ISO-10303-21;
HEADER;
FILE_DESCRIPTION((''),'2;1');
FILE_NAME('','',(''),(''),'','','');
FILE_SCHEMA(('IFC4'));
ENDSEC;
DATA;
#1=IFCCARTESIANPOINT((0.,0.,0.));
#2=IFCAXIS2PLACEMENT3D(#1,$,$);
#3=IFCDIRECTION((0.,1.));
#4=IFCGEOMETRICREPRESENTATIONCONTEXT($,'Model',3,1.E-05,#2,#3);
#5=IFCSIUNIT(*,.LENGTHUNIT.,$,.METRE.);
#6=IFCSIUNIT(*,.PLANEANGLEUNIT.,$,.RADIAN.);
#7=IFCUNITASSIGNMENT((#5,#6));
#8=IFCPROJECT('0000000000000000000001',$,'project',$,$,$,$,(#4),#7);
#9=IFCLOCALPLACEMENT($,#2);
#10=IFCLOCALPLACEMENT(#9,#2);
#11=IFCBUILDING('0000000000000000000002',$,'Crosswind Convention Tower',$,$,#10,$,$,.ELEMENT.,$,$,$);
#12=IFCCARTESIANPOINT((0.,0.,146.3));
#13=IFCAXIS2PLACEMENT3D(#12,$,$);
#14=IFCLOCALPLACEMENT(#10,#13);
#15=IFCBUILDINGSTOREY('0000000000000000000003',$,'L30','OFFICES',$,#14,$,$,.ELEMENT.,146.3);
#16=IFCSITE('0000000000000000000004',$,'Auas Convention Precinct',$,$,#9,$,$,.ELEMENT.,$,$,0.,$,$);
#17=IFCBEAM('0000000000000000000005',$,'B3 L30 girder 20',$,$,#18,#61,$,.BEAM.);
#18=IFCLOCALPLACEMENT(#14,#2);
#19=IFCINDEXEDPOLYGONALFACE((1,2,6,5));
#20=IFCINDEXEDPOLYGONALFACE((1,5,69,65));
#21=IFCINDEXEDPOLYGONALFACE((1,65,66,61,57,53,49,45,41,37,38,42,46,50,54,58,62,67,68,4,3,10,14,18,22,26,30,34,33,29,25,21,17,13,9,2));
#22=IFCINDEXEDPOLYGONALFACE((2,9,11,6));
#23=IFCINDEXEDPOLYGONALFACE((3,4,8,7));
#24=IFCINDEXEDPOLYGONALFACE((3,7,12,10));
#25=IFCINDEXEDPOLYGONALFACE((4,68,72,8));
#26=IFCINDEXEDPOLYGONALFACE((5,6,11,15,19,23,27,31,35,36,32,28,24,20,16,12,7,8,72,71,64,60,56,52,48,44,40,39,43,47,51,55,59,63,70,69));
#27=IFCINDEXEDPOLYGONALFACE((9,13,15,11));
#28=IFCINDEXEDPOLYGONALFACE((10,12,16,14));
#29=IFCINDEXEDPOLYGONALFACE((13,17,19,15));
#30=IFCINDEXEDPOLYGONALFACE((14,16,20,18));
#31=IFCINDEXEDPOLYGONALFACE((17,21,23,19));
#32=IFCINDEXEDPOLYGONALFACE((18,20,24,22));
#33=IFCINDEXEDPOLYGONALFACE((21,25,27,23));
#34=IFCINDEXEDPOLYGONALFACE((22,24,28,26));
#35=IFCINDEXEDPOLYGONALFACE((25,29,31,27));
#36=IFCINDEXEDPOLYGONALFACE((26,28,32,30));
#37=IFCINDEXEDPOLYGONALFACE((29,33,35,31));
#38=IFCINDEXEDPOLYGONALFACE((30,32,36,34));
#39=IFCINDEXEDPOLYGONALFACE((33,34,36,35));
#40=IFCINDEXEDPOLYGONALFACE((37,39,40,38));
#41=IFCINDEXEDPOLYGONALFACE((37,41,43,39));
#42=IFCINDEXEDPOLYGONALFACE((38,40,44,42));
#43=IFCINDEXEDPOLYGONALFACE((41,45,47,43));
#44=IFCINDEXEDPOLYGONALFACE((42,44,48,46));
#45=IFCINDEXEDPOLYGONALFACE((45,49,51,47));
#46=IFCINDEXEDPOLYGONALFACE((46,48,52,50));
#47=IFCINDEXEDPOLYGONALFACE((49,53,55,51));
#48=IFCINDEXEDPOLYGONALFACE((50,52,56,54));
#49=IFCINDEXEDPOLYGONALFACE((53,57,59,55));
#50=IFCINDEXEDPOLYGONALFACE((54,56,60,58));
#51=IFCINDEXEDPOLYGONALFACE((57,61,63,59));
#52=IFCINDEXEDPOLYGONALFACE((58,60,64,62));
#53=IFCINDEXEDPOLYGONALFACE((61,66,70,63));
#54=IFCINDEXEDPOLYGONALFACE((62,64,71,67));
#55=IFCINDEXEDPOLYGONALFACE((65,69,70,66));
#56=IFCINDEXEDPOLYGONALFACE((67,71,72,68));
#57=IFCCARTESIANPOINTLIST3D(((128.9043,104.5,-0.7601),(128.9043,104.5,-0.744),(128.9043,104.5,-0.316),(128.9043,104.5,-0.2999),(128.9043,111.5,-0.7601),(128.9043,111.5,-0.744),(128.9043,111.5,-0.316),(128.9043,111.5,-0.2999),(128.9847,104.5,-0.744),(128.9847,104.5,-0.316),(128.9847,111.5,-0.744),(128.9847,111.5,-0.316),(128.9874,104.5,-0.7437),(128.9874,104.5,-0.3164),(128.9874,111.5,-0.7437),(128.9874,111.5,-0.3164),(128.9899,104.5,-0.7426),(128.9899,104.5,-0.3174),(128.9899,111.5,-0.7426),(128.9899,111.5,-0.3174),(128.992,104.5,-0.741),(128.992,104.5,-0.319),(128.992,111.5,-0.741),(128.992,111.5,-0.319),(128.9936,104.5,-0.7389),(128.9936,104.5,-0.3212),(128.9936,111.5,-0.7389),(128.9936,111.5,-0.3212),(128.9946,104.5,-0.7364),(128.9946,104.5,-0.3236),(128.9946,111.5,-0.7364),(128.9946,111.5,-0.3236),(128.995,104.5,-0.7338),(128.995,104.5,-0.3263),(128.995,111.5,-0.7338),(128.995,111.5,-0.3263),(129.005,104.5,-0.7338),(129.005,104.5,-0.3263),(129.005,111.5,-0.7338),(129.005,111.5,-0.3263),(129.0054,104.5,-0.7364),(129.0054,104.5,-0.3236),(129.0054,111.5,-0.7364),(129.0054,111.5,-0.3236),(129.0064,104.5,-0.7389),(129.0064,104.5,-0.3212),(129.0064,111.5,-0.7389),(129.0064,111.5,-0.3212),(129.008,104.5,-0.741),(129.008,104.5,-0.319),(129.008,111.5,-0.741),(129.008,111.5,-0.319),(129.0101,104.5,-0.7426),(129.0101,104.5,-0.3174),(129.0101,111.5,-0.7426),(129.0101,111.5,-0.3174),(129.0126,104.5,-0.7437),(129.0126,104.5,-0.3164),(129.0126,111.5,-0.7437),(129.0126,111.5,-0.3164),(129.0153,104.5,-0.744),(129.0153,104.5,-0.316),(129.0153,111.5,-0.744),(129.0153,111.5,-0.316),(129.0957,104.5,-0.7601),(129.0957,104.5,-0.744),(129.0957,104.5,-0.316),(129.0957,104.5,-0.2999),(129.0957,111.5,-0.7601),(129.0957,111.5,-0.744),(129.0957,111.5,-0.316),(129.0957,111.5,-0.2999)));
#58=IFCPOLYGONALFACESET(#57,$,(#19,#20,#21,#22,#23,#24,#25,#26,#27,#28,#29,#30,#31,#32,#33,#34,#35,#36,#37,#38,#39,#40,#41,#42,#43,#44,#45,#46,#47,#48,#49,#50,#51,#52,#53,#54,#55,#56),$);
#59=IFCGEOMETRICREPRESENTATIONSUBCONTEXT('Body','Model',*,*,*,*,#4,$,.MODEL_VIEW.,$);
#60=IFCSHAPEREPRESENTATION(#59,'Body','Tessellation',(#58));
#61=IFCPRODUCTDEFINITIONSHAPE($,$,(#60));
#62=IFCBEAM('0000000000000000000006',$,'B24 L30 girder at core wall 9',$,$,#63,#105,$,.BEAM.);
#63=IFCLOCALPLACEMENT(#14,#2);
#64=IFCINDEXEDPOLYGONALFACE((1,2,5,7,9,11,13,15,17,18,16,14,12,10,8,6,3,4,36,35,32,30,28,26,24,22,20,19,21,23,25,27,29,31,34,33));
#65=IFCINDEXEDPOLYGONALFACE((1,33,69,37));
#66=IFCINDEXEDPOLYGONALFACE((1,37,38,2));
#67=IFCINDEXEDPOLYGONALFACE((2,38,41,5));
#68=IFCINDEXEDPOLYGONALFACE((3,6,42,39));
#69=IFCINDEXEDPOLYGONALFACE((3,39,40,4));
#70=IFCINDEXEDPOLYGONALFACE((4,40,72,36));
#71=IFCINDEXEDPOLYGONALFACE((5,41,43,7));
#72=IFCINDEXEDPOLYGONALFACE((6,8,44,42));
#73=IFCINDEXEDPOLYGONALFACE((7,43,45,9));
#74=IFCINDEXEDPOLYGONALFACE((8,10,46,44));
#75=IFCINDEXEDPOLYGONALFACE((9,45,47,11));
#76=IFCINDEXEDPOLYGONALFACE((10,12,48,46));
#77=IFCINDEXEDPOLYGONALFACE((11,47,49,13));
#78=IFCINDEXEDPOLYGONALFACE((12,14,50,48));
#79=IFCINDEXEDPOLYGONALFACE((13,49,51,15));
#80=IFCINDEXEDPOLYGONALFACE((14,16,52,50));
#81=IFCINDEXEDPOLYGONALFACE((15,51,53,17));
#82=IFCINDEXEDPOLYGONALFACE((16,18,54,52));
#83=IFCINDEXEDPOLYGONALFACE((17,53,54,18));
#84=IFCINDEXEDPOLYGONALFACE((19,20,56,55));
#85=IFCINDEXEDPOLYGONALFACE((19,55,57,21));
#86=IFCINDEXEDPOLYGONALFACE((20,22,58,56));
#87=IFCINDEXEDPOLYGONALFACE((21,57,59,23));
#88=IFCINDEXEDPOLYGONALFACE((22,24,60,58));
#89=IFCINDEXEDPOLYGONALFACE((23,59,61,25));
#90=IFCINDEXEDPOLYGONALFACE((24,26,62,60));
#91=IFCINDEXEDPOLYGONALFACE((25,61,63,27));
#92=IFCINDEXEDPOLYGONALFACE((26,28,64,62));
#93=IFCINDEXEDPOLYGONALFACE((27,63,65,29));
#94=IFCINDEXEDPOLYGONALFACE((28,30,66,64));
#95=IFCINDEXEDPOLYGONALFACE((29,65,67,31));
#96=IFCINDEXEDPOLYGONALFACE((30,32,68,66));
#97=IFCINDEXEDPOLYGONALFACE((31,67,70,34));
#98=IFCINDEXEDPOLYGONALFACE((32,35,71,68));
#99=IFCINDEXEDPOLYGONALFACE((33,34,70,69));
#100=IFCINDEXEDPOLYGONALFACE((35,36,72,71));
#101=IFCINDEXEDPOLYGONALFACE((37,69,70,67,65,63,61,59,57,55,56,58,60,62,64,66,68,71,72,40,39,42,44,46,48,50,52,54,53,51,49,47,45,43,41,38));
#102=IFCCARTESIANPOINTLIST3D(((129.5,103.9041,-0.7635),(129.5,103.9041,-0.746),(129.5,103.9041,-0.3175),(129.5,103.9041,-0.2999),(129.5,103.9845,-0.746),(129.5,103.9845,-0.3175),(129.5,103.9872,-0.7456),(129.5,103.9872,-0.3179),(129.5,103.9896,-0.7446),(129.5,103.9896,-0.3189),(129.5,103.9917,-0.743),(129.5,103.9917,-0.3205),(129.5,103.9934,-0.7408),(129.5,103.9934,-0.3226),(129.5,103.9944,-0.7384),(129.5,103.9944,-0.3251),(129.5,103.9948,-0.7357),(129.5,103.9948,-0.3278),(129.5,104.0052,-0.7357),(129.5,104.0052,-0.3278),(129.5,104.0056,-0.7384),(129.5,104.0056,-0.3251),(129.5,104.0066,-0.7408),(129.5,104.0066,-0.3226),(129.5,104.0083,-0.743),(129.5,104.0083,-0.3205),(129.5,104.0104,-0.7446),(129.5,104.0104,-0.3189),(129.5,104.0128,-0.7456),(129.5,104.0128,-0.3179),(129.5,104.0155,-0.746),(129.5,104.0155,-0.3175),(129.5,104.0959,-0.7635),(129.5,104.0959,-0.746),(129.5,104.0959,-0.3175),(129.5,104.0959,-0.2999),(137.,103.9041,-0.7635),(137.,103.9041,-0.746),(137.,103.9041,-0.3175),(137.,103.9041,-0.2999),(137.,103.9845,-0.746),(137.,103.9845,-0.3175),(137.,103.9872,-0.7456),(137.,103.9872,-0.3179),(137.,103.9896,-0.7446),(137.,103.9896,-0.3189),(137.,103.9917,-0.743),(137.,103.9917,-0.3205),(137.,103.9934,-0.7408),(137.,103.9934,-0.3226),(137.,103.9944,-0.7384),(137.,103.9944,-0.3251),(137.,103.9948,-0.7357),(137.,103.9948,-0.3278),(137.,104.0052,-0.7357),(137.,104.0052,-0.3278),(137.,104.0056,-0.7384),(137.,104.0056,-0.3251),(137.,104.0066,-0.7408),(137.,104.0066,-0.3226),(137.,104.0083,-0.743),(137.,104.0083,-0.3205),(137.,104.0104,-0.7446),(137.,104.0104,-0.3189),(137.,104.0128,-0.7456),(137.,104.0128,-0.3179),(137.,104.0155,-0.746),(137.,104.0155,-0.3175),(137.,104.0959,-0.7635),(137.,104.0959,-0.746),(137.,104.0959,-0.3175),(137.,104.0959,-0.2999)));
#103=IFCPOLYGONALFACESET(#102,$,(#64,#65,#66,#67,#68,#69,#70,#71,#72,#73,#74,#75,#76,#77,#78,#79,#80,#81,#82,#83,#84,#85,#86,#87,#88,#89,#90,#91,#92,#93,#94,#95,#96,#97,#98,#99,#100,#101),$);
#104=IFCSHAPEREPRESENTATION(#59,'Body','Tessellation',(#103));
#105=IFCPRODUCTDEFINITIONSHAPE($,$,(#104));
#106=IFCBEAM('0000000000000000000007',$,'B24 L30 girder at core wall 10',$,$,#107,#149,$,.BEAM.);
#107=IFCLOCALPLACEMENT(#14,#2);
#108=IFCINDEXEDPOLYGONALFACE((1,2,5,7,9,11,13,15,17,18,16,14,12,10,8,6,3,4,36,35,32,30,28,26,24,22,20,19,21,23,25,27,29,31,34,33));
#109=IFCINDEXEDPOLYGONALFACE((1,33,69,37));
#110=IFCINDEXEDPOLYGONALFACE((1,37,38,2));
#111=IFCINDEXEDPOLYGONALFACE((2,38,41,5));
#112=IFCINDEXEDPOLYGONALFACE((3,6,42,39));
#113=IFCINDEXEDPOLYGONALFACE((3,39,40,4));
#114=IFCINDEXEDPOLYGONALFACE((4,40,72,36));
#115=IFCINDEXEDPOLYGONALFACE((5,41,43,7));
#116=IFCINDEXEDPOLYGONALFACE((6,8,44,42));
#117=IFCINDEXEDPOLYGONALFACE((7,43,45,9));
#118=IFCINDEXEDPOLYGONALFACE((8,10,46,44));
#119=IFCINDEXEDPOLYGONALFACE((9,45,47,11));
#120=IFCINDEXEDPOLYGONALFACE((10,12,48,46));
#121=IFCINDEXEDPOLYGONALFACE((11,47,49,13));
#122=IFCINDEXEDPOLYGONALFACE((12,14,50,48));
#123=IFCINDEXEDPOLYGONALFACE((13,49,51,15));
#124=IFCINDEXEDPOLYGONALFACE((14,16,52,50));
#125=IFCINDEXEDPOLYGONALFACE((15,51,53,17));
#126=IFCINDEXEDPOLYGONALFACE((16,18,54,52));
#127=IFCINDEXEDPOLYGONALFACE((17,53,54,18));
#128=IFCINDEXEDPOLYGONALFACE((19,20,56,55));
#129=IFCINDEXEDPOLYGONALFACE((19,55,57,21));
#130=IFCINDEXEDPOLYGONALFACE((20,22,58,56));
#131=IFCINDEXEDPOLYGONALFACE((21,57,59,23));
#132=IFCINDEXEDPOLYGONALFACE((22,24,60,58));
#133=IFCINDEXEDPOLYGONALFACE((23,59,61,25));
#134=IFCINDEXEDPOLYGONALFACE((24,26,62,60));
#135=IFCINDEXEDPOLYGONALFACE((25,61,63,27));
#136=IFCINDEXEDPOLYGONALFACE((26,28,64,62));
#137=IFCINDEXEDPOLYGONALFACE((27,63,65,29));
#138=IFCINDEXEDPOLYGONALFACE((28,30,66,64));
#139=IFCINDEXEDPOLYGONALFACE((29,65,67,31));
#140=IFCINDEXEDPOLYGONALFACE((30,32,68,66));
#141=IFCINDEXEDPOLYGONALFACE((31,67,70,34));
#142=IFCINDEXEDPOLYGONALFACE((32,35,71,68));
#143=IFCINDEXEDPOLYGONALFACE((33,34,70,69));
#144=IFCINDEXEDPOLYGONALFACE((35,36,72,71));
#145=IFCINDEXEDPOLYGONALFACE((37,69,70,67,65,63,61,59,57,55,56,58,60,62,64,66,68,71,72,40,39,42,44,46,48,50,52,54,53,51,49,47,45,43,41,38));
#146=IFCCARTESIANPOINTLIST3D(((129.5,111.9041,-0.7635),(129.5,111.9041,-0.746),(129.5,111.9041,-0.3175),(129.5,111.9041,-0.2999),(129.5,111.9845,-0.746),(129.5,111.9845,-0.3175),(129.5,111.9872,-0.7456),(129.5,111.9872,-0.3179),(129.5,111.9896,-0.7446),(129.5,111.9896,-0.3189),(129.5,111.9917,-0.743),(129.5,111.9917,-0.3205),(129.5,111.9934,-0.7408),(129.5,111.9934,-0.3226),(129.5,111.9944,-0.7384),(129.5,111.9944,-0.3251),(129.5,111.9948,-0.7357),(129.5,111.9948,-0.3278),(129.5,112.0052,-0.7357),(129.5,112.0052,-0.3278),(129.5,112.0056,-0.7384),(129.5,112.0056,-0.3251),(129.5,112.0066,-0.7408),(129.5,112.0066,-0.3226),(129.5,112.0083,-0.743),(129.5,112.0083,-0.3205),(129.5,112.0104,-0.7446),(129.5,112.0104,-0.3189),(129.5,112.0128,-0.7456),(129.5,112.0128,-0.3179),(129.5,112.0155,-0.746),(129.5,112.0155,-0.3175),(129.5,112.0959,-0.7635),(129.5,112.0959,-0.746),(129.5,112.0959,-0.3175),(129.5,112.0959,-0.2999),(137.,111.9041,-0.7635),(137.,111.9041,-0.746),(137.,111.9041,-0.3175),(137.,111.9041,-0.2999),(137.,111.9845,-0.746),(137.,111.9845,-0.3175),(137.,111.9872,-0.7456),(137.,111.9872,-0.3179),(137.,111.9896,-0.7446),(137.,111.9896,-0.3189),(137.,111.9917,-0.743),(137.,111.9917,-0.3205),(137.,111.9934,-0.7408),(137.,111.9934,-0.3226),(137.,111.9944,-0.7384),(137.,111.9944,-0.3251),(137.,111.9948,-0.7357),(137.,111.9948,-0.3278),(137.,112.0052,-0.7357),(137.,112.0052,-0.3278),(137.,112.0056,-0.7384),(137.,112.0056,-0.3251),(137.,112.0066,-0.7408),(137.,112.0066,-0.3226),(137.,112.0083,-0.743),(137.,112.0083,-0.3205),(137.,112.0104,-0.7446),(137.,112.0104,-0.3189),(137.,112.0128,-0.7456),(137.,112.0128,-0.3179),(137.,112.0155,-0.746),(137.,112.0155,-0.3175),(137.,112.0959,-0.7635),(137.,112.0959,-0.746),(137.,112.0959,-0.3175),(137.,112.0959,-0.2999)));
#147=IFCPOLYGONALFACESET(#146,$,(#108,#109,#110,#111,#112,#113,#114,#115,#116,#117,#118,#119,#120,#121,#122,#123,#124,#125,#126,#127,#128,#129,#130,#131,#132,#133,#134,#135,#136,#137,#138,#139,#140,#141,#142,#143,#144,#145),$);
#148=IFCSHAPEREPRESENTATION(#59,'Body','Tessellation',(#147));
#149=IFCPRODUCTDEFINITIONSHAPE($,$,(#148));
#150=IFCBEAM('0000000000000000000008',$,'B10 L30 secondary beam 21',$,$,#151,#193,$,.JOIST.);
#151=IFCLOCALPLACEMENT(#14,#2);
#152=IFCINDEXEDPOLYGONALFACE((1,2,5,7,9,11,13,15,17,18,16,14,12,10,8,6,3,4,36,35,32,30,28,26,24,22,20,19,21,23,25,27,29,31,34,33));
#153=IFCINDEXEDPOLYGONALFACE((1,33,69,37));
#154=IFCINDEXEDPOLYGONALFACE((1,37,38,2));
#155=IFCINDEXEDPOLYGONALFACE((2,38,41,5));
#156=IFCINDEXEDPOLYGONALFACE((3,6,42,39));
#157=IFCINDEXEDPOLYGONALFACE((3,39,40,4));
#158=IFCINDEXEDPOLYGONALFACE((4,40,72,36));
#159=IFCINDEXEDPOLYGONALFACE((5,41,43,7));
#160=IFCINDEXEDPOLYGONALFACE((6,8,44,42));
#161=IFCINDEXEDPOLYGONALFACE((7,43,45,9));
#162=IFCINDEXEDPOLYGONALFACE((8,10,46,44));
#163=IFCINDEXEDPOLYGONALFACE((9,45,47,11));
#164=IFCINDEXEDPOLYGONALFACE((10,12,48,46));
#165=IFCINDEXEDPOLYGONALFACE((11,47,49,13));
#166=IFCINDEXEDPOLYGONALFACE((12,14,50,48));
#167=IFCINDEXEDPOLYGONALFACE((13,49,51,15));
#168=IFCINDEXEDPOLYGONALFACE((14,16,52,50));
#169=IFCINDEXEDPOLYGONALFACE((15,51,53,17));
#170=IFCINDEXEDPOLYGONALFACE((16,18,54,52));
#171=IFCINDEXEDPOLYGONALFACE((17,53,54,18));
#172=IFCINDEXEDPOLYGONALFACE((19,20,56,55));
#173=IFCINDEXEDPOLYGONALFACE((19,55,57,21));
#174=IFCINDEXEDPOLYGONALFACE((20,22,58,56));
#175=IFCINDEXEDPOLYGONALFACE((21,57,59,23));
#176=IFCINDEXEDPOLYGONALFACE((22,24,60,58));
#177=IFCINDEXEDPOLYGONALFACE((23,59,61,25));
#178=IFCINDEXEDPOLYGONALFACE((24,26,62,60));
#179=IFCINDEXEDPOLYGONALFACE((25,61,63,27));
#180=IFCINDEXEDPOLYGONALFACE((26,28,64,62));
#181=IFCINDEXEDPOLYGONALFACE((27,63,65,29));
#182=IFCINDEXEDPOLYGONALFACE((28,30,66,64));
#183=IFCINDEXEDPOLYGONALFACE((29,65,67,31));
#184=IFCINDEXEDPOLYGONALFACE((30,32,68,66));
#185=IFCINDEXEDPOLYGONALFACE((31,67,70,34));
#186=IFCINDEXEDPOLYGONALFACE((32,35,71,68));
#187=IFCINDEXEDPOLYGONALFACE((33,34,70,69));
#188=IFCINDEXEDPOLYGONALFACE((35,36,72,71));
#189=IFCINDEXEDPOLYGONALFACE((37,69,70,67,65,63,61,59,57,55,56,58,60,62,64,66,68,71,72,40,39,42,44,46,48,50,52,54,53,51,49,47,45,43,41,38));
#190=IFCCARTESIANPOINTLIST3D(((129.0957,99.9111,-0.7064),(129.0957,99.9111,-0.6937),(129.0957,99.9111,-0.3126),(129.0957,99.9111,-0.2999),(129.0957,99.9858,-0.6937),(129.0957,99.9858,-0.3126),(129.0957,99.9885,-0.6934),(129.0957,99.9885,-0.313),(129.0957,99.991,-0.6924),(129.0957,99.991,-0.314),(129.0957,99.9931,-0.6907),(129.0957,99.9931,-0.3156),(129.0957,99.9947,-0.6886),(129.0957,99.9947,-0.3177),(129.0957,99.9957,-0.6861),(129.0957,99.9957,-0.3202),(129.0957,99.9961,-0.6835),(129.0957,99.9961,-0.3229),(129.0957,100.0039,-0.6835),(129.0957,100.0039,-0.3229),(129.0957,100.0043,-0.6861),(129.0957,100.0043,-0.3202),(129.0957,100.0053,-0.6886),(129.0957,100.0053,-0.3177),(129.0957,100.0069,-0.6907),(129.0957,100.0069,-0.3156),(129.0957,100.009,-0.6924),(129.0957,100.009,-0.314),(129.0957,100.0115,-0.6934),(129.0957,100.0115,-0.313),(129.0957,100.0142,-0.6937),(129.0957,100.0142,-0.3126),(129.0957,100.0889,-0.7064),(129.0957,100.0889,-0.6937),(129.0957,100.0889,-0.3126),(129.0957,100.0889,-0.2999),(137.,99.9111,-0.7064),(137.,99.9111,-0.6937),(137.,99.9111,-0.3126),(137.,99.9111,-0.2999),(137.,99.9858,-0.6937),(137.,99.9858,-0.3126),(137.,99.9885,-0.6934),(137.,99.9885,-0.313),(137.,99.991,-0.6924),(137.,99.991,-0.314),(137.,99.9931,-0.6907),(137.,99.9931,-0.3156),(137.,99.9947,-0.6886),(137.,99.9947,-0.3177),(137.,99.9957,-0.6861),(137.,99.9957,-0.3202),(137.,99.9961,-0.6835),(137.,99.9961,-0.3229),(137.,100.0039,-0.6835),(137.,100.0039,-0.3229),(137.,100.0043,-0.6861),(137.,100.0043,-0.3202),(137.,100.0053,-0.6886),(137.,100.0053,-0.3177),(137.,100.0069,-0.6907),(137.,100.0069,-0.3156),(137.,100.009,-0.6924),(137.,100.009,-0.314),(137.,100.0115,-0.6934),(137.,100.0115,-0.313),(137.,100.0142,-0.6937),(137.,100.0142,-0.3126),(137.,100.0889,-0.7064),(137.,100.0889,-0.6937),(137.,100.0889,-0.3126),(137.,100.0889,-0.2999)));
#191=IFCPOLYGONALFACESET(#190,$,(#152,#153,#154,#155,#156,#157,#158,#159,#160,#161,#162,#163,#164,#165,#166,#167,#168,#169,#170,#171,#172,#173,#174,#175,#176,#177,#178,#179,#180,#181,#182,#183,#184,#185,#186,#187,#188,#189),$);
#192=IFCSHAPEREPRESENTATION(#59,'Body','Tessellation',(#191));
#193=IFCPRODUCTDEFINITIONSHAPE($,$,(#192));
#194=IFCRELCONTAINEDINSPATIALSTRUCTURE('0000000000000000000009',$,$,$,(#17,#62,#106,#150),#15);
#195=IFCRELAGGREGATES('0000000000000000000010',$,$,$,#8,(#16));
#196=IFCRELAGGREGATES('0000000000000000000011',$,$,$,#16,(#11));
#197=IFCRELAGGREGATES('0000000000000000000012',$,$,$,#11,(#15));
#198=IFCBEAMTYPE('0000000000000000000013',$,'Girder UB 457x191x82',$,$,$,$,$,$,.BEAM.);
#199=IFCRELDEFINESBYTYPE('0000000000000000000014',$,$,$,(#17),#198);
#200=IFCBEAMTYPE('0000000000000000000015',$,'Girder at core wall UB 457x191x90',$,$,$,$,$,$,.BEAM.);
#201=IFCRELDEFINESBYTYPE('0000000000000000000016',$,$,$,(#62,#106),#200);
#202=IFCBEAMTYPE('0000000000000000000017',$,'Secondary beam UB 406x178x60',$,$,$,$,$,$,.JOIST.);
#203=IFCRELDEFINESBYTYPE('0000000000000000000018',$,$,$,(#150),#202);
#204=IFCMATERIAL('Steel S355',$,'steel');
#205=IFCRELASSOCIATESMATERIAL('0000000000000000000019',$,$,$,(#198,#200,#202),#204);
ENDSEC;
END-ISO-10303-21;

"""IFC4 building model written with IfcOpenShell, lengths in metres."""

from ifc_helpers import new_model, si_unit, direction, frame, origin, origin_2d, place, context, subcontext, project, spatial, i_section, extrude, material, material_profile, profile_set, type_object, element, save


model = new_model("IFC4")

# Units and contexts
model_context = context("Model", 3, precision=1e-05, world=origin(), true_north=direction((0.0, 1.0)))
body_context = subcontext(model_context, "Body", "Model", "MODEL_VIEW")
ifc_project = project(units=[si_unit("LENGTHUNIT", "METRE"), si_unit("PLANEANGLEUNIT", "RADIAN")], contexts=[model_context])

# Site, building, storey
site_placement = place(None, origin())
site = spatial("IfcSite", under=ifc_project, at=site_placement, Name="Auas Convention Precinct", CompositionType="ELEMENT", RefElevation=0.0)
building_placement = place(site_placement, origin())
building = spatial("IfcBuilding", under=site, at=building_placement, Name="Crosswind Convention Tower", CompositionType="ELEMENT")
storey_placement = place(building_placement, frame((0.0, 0.0, 146.3)))
storey = spatial("IfcBuildingStorey", under=building, at=storey_placement, Name="L30", Description="OFFICES", CompositionType="ELEMENT", Elevation=146.3)

# Beams
ifc_material_1 = material(Name="Steel S355", Category="steel")
ifc_material_profile_1 = material_profile(ifc_material_1, i_section(OverallWidth=0.1914, OverallDepth=0.4602, WebThickness=0.01, FlangeThickness=0.0161, FilletRadius=0.0103, at=origin_2d()), Name="UB 457x191x82")
ifc_profile_set_1 = profile_set([ifc_material_profile_1], Name="Steel S355")
beam_type_1 = type_object("IfcBeamType", Name="Girder UB 457x191x82", PredefinedType="BEAM", material=ifc_profile_set_1)
for number, where, z_axis, x_axis, name in (
    (1, (129.0, 104.5, -0.53), (0.0, 1.0, 0.0), (-1.0, 0.0, 0.0), "B3 L30 girder 20"),
):
    element("IfcBeam", number, at=place(storey_placement, frame(where, z_axis=z_axis, x_axis=x_axis)), inside=storey, type_object=beam_type_1, Name=name, PredefinedType="BEAM", context=body_context, shape_type="SweptSolid", body=[
        extrude(i_section(OverallWidth=0.1914, OverallDepth=0.4602, WebThickness=0.01, FlangeThickness=0.0161, FilletRadius=0.0103, at=origin_2d()), origin(), (0.0, 0.0, 1.0), 7.0),
    ])
ifc_material_profile_2 = material_profile(ifc_material_1, i_section(OverallWidth=0.1919, OverallDepth=0.4636, WebThickness=0.0105, FlangeThickness=0.0176, FilletRadius=0.0103, at=origin_2d()), Name="UB 457x191x90")
ifc_profile_set_2 = profile_set([ifc_material_profile_2], Name="Steel S355")
beam_type_2 = type_object("IfcBeamType", Name="Girder at core wall UB 457x191x90", PredefinedType="BEAM", material=ifc_profile_set_2)
for number, where, z_axis, x_axis, name in (
    (2, (129.5, 104.0, -0.5317), (1.0, 0.0, 0.0), (0.0, 1.0, 0.0), "B24 L30 girder at core wall 9"),
    (3, (129.5, 112.0, -0.5317), (1.0, 0.0, 0.0), (0.0, 1.0, 0.0), "B24 L30 girder at core wall 10"),
):
    element("IfcBeam", number, at=place(storey_placement, frame(where, z_axis=z_axis, x_axis=x_axis)), inside=storey, type_object=beam_type_2, Name=name, PredefinedType="BEAM", context=body_context, shape_type="SweptSolid", body=[
        extrude(i_section(OverallWidth=0.1919, OverallDepth=0.4636, WebThickness=0.0105, FlangeThickness=0.0176, FilletRadius=0.0103, at=origin_2d()), origin(), (0.0, 0.0, 1.0), 7.5),
    ])
ifc_material_profile_3 = material_profile(ifc_material_1, i_section(OverallWidth=0.1777, OverallDepth=0.4065, WebThickness=0.0078, FlangeThickness=0.0127, FilletRadius=0.0103, at=origin_2d()), Name="UB 406x178x60")
ifc_profile_set_3 = profile_set([ifc_material_profile_3], Name="Steel S355")
beam_type_3 = type_object("IfcBeamType", Name="Secondary beam UB 406x178x60", PredefinedType="JOIST", material=ifc_profile_set_3)
for number, where, z_axis, x_axis, name in (
    (4, (129.0957, 100.0, -0.5032), (1.0, 0.0, 0.0), (0.0, 1.0, 0.0), "B10 L30 secondary beam 21"),
):
    element("IfcBeam", number, at=place(storey_placement, frame(where, z_axis=z_axis, x_axis=x_axis)), inside=storey, type_object=beam_type_3, Name=name, PredefinedType="JOIST", context=body_context, shape_type="SweptSolid", body=[
        extrude(i_section(OverallWidth=0.1777, OverallDepth=0.4065, WebThickness=0.0078, FlangeThickness=0.0127, FilletRadius=0.0103, at=origin_2d()), origin(), (0.0, 0.0, 1.0), 7.9043),
    ])

save(model, "model.ifc")
